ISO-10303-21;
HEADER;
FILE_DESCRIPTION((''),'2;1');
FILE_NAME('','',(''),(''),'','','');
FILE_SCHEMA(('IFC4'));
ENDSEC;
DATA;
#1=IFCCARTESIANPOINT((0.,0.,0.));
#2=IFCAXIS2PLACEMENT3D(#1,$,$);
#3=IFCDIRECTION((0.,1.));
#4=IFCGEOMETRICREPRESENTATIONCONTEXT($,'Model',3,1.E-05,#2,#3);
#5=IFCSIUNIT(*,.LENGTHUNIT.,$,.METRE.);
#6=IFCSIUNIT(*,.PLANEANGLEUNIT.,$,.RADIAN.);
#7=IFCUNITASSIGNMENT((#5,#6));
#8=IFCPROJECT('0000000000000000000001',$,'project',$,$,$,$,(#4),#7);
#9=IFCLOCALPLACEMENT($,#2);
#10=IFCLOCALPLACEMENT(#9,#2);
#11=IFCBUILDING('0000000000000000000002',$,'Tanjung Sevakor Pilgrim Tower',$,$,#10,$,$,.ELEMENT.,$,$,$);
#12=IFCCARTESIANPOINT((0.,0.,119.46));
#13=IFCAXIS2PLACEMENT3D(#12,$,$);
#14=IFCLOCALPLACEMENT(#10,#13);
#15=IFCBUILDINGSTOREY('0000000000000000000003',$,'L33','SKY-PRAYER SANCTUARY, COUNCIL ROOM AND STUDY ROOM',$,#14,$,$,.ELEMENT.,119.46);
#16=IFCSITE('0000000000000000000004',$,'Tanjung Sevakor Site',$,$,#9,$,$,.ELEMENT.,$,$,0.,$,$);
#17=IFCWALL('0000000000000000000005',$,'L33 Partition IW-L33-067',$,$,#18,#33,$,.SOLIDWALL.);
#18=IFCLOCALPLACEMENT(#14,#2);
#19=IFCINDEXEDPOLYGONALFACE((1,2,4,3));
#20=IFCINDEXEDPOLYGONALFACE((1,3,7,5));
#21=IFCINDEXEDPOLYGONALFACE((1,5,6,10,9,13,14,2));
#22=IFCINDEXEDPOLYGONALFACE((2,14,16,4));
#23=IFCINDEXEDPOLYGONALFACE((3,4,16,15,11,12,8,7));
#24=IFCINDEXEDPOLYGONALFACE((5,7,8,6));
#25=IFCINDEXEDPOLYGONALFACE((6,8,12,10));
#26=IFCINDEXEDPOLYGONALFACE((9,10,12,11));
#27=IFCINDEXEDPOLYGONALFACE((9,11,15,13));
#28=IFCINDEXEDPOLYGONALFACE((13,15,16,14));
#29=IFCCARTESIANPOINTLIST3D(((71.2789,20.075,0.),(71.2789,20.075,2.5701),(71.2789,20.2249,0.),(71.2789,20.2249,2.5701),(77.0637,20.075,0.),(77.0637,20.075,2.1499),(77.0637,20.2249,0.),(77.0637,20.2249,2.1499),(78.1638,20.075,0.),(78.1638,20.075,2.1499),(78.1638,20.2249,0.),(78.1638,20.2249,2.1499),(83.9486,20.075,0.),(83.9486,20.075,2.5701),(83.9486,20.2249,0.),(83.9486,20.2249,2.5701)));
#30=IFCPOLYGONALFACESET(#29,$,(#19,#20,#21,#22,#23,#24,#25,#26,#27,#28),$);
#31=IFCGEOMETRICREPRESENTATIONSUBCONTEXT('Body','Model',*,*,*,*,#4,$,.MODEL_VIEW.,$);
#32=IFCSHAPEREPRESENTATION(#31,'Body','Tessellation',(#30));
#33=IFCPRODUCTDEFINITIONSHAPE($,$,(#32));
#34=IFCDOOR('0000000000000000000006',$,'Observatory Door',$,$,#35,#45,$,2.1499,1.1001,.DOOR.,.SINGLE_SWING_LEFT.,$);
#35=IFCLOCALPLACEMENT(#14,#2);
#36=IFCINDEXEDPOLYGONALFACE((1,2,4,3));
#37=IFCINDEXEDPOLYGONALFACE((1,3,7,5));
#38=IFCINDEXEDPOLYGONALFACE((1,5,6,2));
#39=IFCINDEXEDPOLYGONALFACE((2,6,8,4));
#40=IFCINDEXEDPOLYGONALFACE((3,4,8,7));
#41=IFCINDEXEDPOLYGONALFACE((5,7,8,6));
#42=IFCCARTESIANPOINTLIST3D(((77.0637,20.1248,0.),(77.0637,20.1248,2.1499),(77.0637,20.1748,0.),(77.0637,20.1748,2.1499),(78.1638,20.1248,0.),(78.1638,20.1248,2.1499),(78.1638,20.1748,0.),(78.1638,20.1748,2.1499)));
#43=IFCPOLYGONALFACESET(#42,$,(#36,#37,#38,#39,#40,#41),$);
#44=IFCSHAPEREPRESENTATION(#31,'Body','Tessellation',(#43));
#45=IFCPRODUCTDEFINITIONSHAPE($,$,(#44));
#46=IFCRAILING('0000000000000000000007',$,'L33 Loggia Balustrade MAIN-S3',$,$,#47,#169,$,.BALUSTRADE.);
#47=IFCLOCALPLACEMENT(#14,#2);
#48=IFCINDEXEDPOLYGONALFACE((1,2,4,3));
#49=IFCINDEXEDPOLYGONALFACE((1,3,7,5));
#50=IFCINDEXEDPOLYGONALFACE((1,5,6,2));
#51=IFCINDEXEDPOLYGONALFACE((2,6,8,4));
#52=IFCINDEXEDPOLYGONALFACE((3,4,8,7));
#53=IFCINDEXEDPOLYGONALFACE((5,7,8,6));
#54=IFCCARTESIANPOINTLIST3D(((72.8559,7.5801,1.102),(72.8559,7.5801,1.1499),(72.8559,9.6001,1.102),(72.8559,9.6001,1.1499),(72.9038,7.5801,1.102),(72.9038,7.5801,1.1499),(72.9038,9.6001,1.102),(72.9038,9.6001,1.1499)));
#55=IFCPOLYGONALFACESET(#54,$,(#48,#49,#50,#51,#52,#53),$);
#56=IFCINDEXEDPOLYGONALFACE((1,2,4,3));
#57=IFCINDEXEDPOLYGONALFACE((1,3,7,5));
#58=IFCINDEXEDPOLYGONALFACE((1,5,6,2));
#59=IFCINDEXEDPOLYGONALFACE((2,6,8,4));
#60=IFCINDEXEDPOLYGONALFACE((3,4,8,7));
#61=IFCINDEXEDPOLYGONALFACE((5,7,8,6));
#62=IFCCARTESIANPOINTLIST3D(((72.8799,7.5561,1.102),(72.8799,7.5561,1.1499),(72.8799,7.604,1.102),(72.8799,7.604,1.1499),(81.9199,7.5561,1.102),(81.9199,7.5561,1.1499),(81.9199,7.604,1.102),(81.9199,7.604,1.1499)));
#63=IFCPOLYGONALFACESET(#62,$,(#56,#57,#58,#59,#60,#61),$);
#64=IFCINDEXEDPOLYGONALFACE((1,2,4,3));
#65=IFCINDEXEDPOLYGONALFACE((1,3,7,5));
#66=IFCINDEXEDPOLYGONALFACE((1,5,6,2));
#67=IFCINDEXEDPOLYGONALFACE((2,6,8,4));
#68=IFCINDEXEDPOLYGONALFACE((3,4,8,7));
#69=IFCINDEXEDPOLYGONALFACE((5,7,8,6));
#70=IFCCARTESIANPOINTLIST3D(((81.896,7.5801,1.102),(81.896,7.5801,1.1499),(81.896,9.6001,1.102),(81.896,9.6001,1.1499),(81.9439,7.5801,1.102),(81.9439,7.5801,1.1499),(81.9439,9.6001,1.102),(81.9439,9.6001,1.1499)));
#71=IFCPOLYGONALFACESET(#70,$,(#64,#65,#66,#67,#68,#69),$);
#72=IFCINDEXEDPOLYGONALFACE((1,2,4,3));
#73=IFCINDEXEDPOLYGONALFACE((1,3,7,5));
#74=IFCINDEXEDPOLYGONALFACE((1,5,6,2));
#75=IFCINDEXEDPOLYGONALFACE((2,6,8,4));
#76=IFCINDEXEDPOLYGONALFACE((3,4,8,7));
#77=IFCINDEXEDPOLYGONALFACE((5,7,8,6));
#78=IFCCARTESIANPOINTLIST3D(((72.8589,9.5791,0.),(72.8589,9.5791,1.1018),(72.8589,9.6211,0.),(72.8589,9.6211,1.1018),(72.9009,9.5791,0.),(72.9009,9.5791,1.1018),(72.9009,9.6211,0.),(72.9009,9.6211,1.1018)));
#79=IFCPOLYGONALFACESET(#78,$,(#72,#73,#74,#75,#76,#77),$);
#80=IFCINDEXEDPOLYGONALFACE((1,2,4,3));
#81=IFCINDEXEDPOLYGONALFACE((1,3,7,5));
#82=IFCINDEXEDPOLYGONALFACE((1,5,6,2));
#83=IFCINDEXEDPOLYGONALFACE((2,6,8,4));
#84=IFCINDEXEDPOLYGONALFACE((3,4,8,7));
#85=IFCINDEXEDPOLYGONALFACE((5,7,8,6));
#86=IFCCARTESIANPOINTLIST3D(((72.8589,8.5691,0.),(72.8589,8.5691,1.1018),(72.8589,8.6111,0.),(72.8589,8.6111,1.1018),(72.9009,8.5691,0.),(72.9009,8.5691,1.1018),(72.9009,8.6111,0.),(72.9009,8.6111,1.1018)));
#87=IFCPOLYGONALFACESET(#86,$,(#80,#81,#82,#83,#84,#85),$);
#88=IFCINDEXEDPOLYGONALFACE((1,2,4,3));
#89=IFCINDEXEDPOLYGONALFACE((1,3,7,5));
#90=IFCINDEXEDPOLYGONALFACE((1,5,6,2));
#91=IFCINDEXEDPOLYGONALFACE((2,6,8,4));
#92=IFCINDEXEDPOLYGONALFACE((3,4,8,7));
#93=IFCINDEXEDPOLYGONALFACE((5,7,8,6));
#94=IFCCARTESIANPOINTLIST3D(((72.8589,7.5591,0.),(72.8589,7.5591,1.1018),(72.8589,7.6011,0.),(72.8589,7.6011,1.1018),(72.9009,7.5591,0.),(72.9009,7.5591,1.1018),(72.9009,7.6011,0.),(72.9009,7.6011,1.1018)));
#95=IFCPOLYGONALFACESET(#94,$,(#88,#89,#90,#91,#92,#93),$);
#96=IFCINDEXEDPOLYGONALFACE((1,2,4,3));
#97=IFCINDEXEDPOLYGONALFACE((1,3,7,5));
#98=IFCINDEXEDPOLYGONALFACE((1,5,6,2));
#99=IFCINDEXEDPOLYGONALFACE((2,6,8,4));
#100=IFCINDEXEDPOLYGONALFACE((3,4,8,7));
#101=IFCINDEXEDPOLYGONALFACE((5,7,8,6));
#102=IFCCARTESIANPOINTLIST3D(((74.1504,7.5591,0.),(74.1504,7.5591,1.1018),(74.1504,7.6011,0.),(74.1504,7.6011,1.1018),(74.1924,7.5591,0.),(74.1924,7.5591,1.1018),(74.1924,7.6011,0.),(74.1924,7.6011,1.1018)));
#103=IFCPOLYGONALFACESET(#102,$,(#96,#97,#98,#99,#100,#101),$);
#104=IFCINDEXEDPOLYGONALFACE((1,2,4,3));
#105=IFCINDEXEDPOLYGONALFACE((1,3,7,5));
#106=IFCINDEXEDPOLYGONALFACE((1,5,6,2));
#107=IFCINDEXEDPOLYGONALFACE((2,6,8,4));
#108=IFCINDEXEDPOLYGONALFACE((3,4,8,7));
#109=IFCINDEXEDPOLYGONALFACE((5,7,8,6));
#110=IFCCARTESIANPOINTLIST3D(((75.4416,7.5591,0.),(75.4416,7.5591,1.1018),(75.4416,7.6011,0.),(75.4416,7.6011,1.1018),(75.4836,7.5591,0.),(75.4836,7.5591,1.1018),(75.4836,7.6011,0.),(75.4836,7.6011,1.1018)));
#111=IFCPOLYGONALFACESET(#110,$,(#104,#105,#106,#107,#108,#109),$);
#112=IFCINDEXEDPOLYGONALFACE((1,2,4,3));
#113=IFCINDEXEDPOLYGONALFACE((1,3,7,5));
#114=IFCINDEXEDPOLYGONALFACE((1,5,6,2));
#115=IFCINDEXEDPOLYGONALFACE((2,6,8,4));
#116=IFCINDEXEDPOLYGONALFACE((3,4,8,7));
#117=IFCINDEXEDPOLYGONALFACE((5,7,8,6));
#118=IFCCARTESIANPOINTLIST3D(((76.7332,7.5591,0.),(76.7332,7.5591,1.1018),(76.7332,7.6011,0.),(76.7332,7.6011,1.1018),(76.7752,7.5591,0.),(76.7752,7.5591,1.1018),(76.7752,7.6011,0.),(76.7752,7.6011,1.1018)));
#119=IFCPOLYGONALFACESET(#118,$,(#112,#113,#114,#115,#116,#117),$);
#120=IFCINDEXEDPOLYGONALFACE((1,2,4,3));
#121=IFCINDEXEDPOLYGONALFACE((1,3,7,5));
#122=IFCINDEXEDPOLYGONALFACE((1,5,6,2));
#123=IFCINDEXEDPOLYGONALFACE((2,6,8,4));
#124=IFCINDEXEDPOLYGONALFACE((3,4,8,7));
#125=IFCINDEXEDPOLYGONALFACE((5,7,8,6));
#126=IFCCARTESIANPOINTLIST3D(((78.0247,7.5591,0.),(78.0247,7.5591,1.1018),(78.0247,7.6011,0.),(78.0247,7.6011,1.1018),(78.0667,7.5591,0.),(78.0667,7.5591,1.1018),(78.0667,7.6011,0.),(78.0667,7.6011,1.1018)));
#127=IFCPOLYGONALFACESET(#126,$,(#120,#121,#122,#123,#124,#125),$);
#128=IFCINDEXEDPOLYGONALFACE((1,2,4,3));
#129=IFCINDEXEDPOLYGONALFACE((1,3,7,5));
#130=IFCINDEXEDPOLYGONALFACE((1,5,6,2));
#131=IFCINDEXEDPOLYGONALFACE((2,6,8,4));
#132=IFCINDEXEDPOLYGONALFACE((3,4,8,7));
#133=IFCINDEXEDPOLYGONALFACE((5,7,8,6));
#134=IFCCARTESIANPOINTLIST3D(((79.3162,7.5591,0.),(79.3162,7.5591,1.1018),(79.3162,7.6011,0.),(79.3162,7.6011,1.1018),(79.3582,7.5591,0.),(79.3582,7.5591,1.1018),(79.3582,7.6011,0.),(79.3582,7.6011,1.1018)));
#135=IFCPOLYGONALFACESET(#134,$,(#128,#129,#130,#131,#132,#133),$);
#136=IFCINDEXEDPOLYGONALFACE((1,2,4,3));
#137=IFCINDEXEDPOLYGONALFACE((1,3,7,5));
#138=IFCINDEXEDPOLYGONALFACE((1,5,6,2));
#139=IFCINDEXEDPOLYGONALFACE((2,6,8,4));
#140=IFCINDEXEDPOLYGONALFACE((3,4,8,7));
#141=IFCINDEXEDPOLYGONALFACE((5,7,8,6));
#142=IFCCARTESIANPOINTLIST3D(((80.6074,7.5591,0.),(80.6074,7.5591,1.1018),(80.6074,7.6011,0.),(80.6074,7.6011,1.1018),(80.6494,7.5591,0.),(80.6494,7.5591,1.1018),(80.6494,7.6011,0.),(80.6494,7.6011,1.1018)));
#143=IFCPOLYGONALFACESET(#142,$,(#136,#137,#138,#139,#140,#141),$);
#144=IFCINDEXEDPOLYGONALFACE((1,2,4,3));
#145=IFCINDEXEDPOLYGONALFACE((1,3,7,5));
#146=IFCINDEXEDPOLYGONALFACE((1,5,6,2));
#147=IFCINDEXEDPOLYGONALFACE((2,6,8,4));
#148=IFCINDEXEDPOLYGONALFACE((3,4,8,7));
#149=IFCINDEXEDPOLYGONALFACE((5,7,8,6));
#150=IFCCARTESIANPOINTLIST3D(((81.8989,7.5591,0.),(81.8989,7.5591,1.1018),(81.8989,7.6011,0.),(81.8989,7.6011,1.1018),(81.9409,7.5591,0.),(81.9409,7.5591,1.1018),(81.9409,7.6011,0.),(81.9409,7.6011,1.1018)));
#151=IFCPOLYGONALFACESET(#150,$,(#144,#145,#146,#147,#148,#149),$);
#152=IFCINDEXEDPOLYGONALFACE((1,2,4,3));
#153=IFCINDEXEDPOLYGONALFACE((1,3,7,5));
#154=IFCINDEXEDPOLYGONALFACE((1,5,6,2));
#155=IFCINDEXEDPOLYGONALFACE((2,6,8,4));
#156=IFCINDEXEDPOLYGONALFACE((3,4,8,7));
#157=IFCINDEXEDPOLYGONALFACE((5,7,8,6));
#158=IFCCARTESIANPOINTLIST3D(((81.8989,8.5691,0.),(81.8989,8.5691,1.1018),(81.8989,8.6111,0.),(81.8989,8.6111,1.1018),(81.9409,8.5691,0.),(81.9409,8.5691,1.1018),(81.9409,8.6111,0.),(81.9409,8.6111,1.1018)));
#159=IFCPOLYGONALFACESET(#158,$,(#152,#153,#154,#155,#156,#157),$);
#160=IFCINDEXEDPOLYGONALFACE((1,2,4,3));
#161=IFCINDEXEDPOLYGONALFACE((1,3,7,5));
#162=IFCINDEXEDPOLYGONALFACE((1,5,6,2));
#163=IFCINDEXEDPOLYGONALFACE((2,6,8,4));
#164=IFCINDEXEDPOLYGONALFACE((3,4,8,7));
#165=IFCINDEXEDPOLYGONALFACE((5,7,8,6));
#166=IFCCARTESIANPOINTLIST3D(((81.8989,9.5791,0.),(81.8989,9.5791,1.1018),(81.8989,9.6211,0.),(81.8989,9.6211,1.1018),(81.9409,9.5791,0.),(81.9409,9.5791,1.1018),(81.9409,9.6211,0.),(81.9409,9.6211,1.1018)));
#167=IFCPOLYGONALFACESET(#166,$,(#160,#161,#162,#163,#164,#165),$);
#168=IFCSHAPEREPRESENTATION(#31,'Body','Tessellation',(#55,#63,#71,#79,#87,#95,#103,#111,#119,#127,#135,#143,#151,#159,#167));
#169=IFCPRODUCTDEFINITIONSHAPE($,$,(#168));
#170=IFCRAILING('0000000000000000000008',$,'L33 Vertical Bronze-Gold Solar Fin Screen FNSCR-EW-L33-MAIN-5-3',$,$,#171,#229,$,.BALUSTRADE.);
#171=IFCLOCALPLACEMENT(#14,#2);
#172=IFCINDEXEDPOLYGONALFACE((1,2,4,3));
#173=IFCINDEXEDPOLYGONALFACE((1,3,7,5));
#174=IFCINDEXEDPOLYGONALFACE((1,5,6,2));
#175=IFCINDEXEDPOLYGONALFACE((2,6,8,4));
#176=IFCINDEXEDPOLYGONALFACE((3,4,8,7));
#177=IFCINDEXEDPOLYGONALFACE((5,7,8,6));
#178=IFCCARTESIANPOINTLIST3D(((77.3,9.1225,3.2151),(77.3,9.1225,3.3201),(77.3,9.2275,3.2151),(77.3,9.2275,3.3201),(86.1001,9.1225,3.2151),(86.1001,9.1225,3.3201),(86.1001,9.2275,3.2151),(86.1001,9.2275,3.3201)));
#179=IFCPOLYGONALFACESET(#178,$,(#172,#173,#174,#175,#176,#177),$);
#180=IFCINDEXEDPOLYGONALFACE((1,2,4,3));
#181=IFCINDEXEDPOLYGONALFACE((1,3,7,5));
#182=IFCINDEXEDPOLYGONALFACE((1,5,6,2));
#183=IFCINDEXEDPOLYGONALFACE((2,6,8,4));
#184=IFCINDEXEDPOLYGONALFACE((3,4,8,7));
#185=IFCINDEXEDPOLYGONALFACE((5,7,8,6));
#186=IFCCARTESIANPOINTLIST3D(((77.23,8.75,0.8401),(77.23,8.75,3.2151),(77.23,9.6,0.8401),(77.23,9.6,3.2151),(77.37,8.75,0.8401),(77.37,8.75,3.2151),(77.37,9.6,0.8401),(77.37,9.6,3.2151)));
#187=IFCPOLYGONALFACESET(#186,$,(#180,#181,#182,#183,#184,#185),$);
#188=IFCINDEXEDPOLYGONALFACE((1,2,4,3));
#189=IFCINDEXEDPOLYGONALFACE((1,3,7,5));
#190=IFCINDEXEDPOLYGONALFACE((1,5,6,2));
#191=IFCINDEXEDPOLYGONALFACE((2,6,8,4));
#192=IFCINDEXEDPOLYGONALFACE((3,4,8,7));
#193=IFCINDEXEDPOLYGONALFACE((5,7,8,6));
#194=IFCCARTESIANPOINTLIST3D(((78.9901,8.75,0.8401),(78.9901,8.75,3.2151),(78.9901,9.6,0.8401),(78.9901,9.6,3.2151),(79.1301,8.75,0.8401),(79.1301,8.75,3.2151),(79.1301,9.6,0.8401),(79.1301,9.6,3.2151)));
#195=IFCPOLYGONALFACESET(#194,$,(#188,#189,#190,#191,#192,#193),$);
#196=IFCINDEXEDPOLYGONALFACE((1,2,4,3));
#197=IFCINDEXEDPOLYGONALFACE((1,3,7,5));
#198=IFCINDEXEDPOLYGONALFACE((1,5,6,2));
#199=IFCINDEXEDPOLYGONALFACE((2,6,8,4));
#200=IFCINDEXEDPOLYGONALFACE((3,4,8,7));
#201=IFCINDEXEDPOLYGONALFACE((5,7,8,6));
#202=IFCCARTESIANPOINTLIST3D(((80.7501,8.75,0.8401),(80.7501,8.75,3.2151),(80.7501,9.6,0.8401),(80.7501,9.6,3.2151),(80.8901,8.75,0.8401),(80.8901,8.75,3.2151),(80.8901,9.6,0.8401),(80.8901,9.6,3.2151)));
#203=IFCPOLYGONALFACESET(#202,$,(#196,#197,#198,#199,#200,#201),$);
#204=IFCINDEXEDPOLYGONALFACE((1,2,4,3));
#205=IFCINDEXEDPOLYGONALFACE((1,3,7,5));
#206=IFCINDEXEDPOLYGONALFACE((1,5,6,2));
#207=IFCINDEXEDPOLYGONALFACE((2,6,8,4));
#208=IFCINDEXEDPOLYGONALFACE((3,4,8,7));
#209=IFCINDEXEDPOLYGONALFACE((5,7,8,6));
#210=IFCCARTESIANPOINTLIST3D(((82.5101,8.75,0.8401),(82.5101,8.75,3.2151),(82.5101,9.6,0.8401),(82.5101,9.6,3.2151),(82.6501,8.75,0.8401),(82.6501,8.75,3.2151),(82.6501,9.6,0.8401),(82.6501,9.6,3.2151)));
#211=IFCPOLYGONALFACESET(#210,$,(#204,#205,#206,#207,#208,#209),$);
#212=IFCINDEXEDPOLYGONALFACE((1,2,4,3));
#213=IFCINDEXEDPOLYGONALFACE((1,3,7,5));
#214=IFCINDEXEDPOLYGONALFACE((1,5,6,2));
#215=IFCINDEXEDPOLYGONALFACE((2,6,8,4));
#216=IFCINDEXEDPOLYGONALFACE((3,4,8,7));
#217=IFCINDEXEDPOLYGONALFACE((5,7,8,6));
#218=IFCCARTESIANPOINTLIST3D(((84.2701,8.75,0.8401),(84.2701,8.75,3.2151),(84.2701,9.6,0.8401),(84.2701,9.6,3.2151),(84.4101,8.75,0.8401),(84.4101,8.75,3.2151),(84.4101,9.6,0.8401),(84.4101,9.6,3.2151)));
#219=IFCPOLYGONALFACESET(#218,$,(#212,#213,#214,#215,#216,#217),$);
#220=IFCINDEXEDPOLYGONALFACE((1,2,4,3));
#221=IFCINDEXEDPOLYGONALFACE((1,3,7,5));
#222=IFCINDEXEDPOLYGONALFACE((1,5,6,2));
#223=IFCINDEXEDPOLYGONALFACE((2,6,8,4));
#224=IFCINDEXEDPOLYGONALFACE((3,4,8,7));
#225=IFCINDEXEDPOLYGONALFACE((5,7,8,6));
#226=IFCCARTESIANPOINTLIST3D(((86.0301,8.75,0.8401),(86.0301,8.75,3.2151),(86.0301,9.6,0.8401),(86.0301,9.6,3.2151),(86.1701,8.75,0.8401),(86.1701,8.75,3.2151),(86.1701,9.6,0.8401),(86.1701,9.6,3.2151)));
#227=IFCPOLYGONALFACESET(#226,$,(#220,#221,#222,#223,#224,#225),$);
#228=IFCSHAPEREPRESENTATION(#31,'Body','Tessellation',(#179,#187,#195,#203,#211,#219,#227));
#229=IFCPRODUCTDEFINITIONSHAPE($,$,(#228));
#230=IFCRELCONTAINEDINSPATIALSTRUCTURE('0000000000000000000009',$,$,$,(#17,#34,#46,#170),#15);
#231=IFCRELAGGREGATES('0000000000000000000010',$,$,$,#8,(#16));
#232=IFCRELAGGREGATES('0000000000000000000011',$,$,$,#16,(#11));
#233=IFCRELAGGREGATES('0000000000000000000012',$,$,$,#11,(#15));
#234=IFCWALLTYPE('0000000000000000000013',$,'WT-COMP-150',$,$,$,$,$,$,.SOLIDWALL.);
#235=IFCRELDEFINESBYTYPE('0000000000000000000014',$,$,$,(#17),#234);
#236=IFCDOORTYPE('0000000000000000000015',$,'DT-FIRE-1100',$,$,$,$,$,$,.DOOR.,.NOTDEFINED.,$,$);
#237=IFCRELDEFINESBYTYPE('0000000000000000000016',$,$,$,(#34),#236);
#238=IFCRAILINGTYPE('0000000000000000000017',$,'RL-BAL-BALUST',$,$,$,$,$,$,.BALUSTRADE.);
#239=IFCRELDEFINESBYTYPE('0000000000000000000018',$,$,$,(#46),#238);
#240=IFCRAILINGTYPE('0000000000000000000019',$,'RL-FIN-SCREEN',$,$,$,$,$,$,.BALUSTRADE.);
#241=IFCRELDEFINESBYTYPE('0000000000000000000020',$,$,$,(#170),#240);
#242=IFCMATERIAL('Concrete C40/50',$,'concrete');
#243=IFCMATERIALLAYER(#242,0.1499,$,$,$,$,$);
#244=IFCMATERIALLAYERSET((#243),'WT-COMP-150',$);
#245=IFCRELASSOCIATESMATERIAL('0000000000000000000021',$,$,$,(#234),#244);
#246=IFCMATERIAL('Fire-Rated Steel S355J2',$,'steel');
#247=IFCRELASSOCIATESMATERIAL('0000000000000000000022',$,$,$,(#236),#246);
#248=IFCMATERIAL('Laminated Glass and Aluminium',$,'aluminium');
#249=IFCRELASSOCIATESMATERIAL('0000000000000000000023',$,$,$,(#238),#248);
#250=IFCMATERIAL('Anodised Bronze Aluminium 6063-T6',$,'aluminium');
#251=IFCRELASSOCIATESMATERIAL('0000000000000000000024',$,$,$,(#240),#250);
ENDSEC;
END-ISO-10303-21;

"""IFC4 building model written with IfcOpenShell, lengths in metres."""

from ifc_helpers import new_model, si_unit, direction, frame, frame_2d, origin, place, context, subcontext, project, spatial, rectangle, extrude, material, layer, layer_set, type_object, element, fill, save


model = new_model("IFC4")

# Units and contexts
model_context = context("Model", 3, precision=1e-05, world=origin(), true_north=direction((0.0, 1.0)))
body_context = subcontext(model_context, "Body", "Model", "MODEL_VIEW")
ifc_project = project(units=[si_unit("LENGTHUNIT", "METRE"), si_unit("PLANEANGLEUNIT", "RADIAN")], contexts=[model_context])

# Site, building, storey
site_placement = place(None, origin())
site = spatial("IfcSite", under=ifc_project, at=site_placement, Name="Tanjung Sevakor Site", CompositionType="ELEMENT", RefElevation=0.0)
building_placement = place(site_placement, origin())
building = spatial("IfcBuilding", under=site, at=building_placement, Name="Tanjung Sevakor Pilgrim Tower", CompositionType="ELEMENT")
storey_placement = place(building_placement, frame((0.0, 0.0, 119.46)))
storey = spatial("IfcBuildingStorey", under=building, at=storey_placement, Name="L33", Description="SKY-PRAYER SANCTUARY, COUNCIL ROOM AND STUDY ROOM", CompositionType="ELEMENT", Elevation=119.46)

# Shared definitions
ifc_material_1 = material(Name="Concrete C40/50", Category="concrete")
ifc_layer_1 = layer(ifc_material_1, 0.1499)
ifc_layer_set_1 = layer_set([ifc_layer_1], Name="WT-COMP-150")
wall_type_1 = type_object("IfcWallType", Name="WT-COMP-150", PredefinedType="SOLIDWALL", material=ifc_layer_set_1)

# Wall, opening, door
wall_1_placement = place(storey_placement, frame((71.2788, 20.1499, 0.0), z_axis=(0.0, 0.0, 1.0), x_axis=(1.0, 0.0, 0.0)))
wall_1 = element("IfcWall", 1, at=wall_1_placement, inside=storey, type_object=wall_type_1, Name="L33 Partition IW-L33-067", PredefinedType="SOLIDWALL", context=body_context, shape_type="SweptSolid", body=[
    extrude(rectangle(XDim=12.6697, YDim=0.1499, at=frame_2d((6.335, 0.0))), origin(), (0.0, 0.0, 1.0), 2.5701),
])
opening_1_placement = place(wall_1_placement, frame((5.7849, 0.0, 0.0)))
opening_1 = element("IfcOpeningElement", 2, at=opening_1_placement, cuts=wall_1, PredefinedType="OPENING", context=body_context, shape_type="SweptSolid", body=[
    extrude(rectangle(XDim=1.1001, YDim=2.1499, at=frame_2d((0.55, 1.075))), frame((0.0, 0.085, 0.0), z_axis=(0.0, -1.0, 0.0), x_axis=(1.0, 0.0, 0.0)), (0.0, 0.0, 1.0), 0.1699),
])
ifc_material_2 = material(Name="Fire-Rated Steel S355J2", Category="steel")
door_type_1 = type_object("IfcDoorType", Name="DT-FIRE-1100", OperationType="NOTDEFINED", PredefinedType="DOOR", material=ifc_material_2)
door_1_placement = place(opening_1_placement, origin())
door_1 = element("IfcDoor", 3, at=door_1_placement, inside=storey, type_object=door_type_1, Name="Observatory Door", OperationType="SINGLE_SWING_LEFT", OverallHeight=2.1499, OverallWidth=1.1001, PredefinedType="DOOR", context=body_context, shape_type="SweptSolid", body=[
    extrude(rectangle(XDim=1.1001, YDim=2.1499, at=frame_2d((0.55, 1.075))), frame((0.0, 0.0249, 0.0), z_axis=(0.0, -1.0, 0.0), x_axis=(1.0, 0.0, 0.0)), (0.0, 0.0, 1.0), 0.05),
])
fill(opening_1, door_1)

# Railings
ifc_material_3 = material(Name="Laminated Glass and Aluminium", Category="aluminium")
railing_type_1 = type_object("IfcRailingType", Name="RL-BAL-BALUST", PredefinedType="BALUSTRADE", material=ifc_material_3)
railing_1_placement = place(storey_placement, frame((72.8799, 9.6001, 0.0)))
element("IfcRailing", 4, at=railing_1_placement, inside=storey, type_object=railing_type_1, Name="L33 Loggia Balustrade MAIN-S3", PredefinedType="BALUSTRADE", context=body_context, shape_type="SweptSolid", body=[
    extrude(rectangle(XDim=0.0479, YDim=0.0479), frame((0.0, 0.0, 1.126), z_axis=(0.0, -1.0, 0.0), x_axis=(1.0, 0.0, 0.0)), (0.0, 0.0, 1.0), 2.02),
    extrude(rectangle(XDim=0.0479, YDim=0.0479), frame((0.0, -2.02, 1.126), z_axis=(1.0, 0.0, 0.0), x_axis=(0.0, 1.0, 0.0)), (0.0, 0.0, 1.0), 9.04),
    extrude(rectangle(XDim=0.0479, YDim=0.0479), frame((9.04, -2.02, 1.126), z_axis=(0.0, 1.0, 0.0), x_axis=(-1.0, 0.0, 0.0)), (0.0, 0.0, 1.0), 2.02),
    extrude(rectangle(XDim=0.042, YDim=0.042), origin(), (0.0, 0.0, 1.0), 1.1018),
    extrude(rectangle(XDim=0.042, YDim=0.042), frame((0.0, -1.01, 0.0)), (0.0, 0.0, 1.0), 1.1018),
    extrude(rectangle(XDim=0.042, YDim=0.042), frame((0.0, -2.02, 0.0)), (0.0, 0.0, 1.0), 1.1018),
    extrude(rectangle(XDim=0.042, YDim=0.042), frame((1.2915, -2.02, 0.0)), (0.0, 0.0, 1.0), 1.1018),
    extrude(rectangle(XDim=0.042, YDim=0.042), frame((2.5828, -2.02, 0.0)), (0.0, 0.0, 1.0), 1.1018),
    extrude(rectangle(XDim=0.042, YDim=0.042), frame((3.8743, -2.02, 0.0)), (0.0, 0.0, 1.0), 1.1018),
    extrude(rectangle(XDim=0.042, YDim=0.042), frame((5.1658, -2.02, 0.0)), (0.0, 0.0, 1.0), 1.1018),
    extrude(rectangle(XDim=0.042, YDim=0.042), frame((6.4573, -2.02, 0.0)), (0.0, 0.0, 1.0), 1.1018),
    extrude(rectangle(XDim=0.042, YDim=0.042), frame((7.7485, -2.02, 0.0)), (0.0, 0.0, 1.0), 1.1018),
    extrude(rectangle(XDim=0.042, YDim=0.042), frame((9.04, -2.02, 0.0)), (0.0, 0.0, 1.0), 1.1018),
    extrude(rectangle(XDim=0.042, YDim=0.042), frame((9.04, -1.01, 0.0)), (0.0, 0.0, 1.0), 1.1018),
    extrude(rectangle(XDim=0.042, YDim=0.042), frame((9.04, 0.0, 0.0)), (0.0, 0.0, 1.0), 1.1018),
])
ifc_material_4 = material(Name="Anodised Bronze Aluminium 6063-T6", Category="aluminium")
railing_type_2 = type_object("IfcRailingType", Name="RL-FIN-SCREEN", PredefinedType="BALUSTRADE", material=ifc_material_4)
railing_2_placement = place(storey_placement, frame((77.3, 9.175, 0.8401)))
element("IfcRailing", 5, at=railing_2_placement, inside=storey, type_object=railing_type_2, Name="L33 Vertical Bronze-Gold Solar Fin Screen FNSCR-EW-L33-MAIN-5-3", PredefinedType="BALUSTRADE", context=body_context, shape_type="SweptSolid", body=[
    extrude(rectangle(XDim=0.105, YDim=0.105), frame((0.0, 0.0, 2.4275), z_axis=(1.0, 0.0, 0.0), x_axis=(0.0, 1.0, 0.0)), (0.0, 0.0, 1.0), 8.8),
    extrude(rectangle(XDim=0.14, YDim=0.85), origin(), (0.0, 0.0, 1.0), 2.375),
    extrude(rectangle(XDim=0.14, YDim=0.85), frame((1.76, 0.0, 0.0)), (0.0, 0.0, 1.0), 2.375),
    extrude(rectangle(XDim=0.14, YDim=0.85), frame((3.52, 0.0, 0.0)), (0.0, 0.0, 1.0), 2.375),
    extrude(rectangle(XDim=0.14, YDim=0.85), frame((5.28, 0.0, 0.0)), (0.0, 0.0, 1.0), 2.375),
    extrude(rectangle(XDim=0.14, YDim=0.85), frame((7.04, 0.0, 0.0)), (0.0, 0.0, 1.0), 2.375),
    extrude(rectangle(XDim=0.14, YDim=0.85), frame((8.8, 0.0, 0.0)), (0.0, 0.0, 1.0), 2.375),
])

save(model, "model.ifc")
